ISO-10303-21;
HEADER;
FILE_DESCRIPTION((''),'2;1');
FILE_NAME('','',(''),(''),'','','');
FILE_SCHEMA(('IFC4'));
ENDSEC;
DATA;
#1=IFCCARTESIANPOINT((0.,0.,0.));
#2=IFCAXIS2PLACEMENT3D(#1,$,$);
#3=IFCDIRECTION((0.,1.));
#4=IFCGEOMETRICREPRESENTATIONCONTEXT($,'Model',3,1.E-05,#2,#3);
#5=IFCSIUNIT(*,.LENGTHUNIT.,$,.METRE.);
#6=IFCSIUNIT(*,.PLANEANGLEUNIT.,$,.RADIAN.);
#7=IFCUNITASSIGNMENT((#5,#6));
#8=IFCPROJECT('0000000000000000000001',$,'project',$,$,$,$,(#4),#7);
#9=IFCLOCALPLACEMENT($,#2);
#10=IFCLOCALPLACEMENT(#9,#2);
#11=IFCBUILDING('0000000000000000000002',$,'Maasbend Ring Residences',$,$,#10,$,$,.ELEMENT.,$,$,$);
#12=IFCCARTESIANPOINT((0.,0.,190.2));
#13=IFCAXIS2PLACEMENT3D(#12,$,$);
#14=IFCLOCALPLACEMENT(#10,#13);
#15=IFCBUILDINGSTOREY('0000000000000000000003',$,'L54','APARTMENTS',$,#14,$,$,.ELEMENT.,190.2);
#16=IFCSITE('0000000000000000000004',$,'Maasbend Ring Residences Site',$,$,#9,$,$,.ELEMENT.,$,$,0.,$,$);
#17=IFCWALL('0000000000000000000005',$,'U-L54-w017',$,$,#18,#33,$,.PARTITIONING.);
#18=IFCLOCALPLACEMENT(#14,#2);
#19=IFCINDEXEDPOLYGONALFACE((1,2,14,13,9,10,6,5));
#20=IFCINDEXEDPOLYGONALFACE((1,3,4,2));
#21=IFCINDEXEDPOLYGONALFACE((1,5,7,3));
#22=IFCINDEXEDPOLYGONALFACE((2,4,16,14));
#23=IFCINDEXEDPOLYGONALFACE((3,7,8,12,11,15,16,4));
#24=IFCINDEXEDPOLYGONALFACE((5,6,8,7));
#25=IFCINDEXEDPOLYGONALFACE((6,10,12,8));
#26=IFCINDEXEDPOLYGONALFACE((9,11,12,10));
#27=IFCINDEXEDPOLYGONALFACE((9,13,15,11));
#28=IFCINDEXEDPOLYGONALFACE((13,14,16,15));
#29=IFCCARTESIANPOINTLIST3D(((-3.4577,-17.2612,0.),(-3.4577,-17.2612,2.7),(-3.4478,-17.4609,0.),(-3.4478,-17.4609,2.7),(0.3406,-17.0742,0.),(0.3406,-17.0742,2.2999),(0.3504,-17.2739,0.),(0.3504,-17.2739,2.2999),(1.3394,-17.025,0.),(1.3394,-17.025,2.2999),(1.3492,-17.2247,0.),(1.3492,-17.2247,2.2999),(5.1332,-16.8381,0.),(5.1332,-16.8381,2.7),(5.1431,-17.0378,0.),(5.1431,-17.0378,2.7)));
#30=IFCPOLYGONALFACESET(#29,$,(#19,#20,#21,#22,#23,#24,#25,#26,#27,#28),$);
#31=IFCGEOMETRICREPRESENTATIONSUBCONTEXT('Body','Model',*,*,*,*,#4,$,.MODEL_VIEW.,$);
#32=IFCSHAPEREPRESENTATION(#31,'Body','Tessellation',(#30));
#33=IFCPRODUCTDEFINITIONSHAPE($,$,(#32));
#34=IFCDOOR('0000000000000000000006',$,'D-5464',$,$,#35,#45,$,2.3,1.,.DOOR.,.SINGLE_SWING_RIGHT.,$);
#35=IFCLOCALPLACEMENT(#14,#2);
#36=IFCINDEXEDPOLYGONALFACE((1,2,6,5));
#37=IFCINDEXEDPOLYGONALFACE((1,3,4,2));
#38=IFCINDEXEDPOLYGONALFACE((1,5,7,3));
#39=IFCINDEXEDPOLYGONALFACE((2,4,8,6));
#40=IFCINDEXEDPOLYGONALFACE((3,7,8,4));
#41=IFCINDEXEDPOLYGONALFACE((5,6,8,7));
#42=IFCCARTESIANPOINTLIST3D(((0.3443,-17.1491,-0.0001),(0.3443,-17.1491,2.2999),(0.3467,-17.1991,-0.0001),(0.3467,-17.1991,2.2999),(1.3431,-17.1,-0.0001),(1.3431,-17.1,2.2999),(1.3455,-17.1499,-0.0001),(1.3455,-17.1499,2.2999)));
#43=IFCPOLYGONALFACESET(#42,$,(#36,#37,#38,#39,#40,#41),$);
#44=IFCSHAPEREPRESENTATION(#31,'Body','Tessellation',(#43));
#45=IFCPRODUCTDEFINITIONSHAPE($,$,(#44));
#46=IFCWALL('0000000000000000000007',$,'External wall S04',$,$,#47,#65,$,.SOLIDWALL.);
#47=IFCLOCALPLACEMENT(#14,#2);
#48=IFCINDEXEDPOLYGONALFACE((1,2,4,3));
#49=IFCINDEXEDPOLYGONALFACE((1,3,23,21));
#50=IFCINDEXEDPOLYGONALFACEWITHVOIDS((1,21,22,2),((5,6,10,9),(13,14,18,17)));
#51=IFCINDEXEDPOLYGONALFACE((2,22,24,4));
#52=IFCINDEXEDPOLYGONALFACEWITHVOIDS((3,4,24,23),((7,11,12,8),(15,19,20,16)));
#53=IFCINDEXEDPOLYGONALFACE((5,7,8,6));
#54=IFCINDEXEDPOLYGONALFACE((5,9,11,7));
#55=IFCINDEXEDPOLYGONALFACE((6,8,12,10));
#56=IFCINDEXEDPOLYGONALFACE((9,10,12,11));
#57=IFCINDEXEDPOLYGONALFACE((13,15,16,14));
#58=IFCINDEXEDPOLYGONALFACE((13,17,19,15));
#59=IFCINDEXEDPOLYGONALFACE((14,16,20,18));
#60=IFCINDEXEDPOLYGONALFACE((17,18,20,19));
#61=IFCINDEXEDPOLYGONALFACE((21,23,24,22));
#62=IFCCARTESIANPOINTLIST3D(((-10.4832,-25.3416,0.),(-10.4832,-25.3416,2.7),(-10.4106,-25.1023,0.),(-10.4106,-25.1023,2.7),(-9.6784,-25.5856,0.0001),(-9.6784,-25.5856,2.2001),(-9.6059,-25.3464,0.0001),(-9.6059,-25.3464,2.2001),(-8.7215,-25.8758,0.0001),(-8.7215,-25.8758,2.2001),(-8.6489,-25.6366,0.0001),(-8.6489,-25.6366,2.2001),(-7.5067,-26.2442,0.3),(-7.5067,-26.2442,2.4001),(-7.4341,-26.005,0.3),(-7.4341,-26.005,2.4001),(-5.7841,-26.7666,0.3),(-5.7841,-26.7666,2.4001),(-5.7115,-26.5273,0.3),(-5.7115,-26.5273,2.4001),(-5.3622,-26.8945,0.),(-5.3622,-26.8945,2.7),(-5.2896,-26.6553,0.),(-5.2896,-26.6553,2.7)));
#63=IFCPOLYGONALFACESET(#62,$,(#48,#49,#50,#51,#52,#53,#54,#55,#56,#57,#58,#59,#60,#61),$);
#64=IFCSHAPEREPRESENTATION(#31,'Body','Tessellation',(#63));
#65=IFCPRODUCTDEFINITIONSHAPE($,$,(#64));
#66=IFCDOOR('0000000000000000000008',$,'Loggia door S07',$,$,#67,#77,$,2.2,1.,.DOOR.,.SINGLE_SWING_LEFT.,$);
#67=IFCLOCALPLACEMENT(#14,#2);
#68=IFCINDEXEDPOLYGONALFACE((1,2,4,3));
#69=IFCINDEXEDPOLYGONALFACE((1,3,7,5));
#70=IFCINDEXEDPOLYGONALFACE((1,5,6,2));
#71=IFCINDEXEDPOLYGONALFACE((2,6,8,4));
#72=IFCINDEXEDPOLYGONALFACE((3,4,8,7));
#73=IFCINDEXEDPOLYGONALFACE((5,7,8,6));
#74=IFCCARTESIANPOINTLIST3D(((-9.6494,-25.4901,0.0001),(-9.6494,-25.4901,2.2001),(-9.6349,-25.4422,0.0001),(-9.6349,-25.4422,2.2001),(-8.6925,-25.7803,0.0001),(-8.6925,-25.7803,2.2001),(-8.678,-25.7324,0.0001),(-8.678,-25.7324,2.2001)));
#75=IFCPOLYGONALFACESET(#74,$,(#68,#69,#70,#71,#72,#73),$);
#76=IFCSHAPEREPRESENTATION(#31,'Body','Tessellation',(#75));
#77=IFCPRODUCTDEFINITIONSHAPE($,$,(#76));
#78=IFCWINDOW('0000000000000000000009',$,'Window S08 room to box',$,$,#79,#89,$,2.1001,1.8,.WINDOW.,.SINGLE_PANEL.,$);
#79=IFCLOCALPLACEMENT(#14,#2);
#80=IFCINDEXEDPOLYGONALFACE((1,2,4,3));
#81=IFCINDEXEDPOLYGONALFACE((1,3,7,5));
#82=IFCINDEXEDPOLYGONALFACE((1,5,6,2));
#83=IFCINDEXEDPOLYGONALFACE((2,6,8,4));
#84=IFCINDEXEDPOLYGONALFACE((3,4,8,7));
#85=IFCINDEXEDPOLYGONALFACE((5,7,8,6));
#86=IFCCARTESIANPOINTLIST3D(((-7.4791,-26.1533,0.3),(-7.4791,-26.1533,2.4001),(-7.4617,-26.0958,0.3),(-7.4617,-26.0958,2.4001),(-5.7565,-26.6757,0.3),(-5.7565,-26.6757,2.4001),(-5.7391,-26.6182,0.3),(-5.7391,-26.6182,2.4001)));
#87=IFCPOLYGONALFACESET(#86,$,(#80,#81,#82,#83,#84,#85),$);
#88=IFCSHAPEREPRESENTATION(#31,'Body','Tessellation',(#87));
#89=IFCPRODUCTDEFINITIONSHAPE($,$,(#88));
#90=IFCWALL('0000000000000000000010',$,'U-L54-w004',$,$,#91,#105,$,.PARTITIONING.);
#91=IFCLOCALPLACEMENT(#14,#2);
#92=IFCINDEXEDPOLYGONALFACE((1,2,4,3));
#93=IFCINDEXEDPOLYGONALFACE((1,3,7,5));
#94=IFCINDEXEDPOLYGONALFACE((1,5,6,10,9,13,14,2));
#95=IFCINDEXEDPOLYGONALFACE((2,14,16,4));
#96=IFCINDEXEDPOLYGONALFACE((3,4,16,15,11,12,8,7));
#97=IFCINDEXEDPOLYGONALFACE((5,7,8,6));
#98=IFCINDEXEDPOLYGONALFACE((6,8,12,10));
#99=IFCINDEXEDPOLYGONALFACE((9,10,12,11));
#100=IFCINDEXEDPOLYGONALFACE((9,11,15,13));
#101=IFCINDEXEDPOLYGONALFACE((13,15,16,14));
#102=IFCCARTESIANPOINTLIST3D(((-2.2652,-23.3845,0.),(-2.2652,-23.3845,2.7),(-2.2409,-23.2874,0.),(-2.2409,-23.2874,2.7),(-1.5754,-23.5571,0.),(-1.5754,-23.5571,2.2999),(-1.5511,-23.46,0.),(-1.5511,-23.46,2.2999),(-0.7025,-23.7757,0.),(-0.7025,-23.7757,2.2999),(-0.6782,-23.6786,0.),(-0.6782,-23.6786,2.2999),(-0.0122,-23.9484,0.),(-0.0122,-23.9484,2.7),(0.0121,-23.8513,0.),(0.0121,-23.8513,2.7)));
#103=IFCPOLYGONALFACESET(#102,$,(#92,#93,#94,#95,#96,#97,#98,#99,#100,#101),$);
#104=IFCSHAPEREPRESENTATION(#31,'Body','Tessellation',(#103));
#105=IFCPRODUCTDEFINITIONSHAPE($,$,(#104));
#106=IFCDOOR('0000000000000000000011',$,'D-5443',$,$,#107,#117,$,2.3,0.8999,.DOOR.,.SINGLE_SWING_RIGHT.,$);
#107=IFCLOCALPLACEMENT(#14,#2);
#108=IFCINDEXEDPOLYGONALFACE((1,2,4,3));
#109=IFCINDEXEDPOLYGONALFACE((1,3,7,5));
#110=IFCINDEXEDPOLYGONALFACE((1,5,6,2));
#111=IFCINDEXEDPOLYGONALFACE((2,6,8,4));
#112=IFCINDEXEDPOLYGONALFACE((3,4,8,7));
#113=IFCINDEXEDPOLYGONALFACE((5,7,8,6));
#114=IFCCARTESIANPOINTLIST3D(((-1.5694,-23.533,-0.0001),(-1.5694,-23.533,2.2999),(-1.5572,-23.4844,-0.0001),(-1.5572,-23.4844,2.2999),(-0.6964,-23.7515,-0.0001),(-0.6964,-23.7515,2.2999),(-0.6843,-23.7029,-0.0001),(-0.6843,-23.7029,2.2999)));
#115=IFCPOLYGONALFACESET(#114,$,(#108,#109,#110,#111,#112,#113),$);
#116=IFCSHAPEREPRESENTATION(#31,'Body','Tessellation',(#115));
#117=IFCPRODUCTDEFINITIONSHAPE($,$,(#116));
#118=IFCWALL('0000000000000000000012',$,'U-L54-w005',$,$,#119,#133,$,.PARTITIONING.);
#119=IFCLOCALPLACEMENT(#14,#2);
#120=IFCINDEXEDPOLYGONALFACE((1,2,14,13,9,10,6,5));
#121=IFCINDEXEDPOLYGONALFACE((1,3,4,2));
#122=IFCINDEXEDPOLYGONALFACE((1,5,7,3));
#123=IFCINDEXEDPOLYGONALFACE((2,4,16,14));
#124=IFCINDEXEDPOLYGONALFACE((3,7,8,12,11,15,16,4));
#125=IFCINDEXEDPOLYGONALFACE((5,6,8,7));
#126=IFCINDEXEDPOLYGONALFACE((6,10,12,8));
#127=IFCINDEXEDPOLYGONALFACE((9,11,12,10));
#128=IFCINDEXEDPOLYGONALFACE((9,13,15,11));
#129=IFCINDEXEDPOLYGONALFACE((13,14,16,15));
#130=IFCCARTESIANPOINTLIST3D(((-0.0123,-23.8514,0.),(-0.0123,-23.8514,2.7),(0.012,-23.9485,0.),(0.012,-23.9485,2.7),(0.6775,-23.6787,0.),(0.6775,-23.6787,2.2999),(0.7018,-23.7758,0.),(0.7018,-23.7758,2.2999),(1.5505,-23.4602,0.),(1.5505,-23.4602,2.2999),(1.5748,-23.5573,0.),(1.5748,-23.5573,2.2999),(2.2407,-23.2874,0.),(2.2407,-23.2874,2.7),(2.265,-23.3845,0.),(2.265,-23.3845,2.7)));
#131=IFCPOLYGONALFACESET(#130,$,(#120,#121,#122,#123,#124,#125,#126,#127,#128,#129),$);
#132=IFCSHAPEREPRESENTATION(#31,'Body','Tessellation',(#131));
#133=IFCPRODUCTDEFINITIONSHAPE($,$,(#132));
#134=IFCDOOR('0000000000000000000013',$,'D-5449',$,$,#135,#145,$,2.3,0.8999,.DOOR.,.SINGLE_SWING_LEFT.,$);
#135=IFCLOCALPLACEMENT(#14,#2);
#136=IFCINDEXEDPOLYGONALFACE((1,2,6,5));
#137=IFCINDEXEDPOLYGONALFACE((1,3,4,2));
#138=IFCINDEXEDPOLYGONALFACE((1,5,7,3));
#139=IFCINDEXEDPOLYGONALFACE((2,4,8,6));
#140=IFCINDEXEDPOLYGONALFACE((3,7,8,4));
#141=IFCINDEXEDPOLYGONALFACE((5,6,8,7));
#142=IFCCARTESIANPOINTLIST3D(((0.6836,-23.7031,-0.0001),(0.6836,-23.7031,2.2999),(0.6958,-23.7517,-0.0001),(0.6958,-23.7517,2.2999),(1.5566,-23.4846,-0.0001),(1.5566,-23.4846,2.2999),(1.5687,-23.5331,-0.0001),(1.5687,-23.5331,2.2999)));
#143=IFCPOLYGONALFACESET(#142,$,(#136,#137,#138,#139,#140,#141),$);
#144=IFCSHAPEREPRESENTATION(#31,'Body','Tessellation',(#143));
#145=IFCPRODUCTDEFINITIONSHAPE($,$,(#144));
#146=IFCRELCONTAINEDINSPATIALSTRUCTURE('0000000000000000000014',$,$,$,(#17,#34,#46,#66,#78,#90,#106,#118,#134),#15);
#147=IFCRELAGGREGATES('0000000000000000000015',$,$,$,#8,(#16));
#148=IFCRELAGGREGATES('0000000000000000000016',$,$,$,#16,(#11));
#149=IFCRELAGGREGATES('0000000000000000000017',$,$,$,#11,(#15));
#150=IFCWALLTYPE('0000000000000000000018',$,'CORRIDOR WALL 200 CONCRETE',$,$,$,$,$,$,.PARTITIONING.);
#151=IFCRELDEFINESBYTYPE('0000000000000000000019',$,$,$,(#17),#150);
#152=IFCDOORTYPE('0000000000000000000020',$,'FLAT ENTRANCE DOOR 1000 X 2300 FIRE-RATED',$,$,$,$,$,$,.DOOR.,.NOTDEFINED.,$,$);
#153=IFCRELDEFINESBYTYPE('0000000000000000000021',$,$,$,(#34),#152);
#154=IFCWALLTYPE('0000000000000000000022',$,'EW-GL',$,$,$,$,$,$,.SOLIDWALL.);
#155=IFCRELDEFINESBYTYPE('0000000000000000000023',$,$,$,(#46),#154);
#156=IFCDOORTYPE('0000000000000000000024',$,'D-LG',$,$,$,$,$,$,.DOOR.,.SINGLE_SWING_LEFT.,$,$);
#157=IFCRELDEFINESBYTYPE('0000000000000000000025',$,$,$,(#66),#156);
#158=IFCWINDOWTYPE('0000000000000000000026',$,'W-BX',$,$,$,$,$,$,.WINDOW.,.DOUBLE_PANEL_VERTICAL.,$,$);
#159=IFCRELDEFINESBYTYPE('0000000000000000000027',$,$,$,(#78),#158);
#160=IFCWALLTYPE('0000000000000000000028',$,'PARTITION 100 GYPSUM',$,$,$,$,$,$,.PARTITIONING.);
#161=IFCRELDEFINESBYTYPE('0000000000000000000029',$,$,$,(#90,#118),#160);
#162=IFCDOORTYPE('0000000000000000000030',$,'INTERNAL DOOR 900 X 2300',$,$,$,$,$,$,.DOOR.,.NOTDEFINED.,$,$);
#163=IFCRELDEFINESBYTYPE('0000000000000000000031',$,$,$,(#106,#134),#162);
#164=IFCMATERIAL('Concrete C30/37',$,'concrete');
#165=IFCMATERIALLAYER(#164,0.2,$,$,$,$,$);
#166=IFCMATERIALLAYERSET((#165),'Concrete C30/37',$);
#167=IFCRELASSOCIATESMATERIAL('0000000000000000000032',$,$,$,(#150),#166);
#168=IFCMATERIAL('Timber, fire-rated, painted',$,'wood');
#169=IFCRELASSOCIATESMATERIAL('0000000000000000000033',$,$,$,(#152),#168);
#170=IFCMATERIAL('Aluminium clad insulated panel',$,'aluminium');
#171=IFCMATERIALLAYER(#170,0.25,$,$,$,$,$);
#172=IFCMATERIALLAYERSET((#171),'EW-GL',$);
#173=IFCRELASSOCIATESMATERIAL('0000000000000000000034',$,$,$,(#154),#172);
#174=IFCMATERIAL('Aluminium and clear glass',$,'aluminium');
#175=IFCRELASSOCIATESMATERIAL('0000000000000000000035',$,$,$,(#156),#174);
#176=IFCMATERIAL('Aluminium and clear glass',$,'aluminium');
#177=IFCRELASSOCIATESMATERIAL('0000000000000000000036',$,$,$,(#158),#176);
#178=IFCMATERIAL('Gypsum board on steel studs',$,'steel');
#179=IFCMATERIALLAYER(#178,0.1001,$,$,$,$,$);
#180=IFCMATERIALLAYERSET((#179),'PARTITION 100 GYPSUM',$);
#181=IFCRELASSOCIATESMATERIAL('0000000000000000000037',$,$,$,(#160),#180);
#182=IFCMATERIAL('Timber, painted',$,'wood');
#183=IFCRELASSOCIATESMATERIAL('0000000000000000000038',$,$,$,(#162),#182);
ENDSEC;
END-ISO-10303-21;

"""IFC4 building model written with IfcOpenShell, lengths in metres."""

from ifc_helpers import new_model, si_unit, direction, frame, frame_2d, origin, place, context, subcontext, project, spatial, rectangle, extrude, material, layer, layer_set, type_object, element, fill, save


model = new_model("IFC4")

# Units and contexts
model_context = context("Model", 3, precision=1e-05, world=origin(), true_north=direction((0.0, 1.0)))
body_context = subcontext(model_context, "Body", "Model", "MODEL_VIEW")
ifc_project = project(units=[si_unit("LENGTHUNIT", "METRE"), si_unit("PLANEANGLEUNIT", "RADIAN")], contexts=[model_context])

# Site, building, storey
site_placement = place(None, origin())
site = spatial("IfcSite", under=ifc_project, at=site_placement, Name="Maasbend Ring Residences Site", CompositionType="ELEMENT", RefElevation=0.0)
building_placement = place(site_placement, origin())
building = spatial("IfcBuilding", under=site, at=building_placement, Name="Maasbend Ring Residences", CompositionType="ELEMENT")
storey_placement = place(building_placement, frame((0.0, 0.0, 190.2)))
storey = spatial("IfcBuildingStorey", under=building, at=storey_placement, Name="L54", Description="APARTMENTS", CompositionType="ELEMENT", Elevation=190.2)

# Wall, opening, door
ifc_material_1 = material(Name="Concrete C30/37", Category="concrete")
ifc_layer_1 = layer(ifc_material_1, 0.2)
ifc_layer_set_1 = layer_set([ifc_layer_1], Name="Concrete C30/37")
wall_type_1 = type_object("IfcWallType", Name="CORRIDOR WALL 200 CONCRETE", PredefinedType="PARTITIONING", material=ifc_layer_set_1)
ifc_material_2 = material(Name="Timber, fire-rated, painted", Category="wood")
door_type_1 = type_object("IfcDoorType", Name="FLAT ENTRANCE DOOR 1000 X 2300 FIRE-RATED", OperationType="NOTDEFINED", PredefinedType="DOOR", material=ifc_material_2)
wall_1_placement = place(storey_placement, frame((-3.4529, -17.3611, 0.0), z_axis=(0.0, 0.0, 1.0), x_axis=(0.998789, 0.04919, 0.0)))
wall_1 = element("IfcWall", 1, at=wall_1_placement, inside=storey, type_object=wall_type_1, Name="U-L54-w017", PredefinedType="PARTITIONING", context=body_context, shape_type="SweptSolid", body=[
    extrude(rectangle(XDim=8.6013, YDim=0.2, at=frame_2d((4.3008, 0.0))), origin(), (0.0, 0.0, 1.0), 2.7),
])
opening_1_placement = place(wall_1_placement, frame((3.803, 0.0, 0.0)))
opening_1 = element("IfcOpeningElement", 2, at=opening_1_placement, cuts=wall_1, PredefinedType="OPENING", context=body_context, shape_type="SweptSolid", body=[
    extrude(rectangle(XDim=1.0, YDim=2.3, at=frame_2d((0.5, 1.1499))), frame((0.0, 0.1099, 0.0), z_axis=(0.0, -1.0, 0.0), x_axis=(1.0, 0.0, 0.0)), (0.0, 0.0, 1.0), 0.22),
])
door_1_placement = place(opening_1_placement, origin())
door_1 = element("IfcDoor", 3, at=door_1_placement, inside=storey, type_object=door_type_1, Name="D-5464", OperationType="SINGLE_SWING_RIGHT", OverallHeight=2.3, OverallWidth=1.0, PredefinedType="DOOR", context=body_context, shape_type="SweptSolid", body=[
    extrude(rectangle(XDim=1.0, YDim=2.3, at=frame_2d((0.5, 1.1499))), frame((0.0, 0.0249, 0.0), z_axis=(0.0, -1.0, 0.0), x_axis=(1.0, 0.0, 0.0)), (0.0, 0.0, 1.0), 0.05),
])
fill(opening_1, door_1)

# Wall, openings, door, window
ifc_material_3 = material(Name="Aluminium clad insulated panel", Category="aluminium")
ifc_layer_2 = layer(ifc_material_3, 0.25)
ifc_layer_set_2 = layer_set([ifc_layer_2], Name="EW-GL")
wall_type_2 = type_object("IfcWallType", Name="EW-GL", PredefinedType="SOLIDWALL", material=ifc_layer_set_2)
wall_2_placement = place(storey_placement, frame((-10.447, -25.2219, 0.0), z_axis=(0.0, 0.0, 1.0), x_axis=(0.956966, -0.290201, 0.0)))
wall_2 = element("IfcWall", 4, at=wall_2_placement, inside=storey, type_object=wall_type_2, Name="External wall S04", PredefinedType="SOLIDWALL", context=body_context, shape_type="SweptSolid", body=[
    extrude(rectangle(XDim=5.3513, YDim=0.25, at=frame_2d((2.6758, 0.0))), origin(), (0.0, 0.0, 1.0), 2.7),
])
opening_2_placement = place(wall_2_placement, frame((0.8411, 0.0, 0.0)))
opening_2 = element("IfcOpeningElement", 5, at=opening_2_placement, cuts=wall_2, PredefinedType="OPENING", context=body_context, shape_type="SweptSolid", body=[
    extrude(rectangle(XDim=1.0, YDim=2.2, at=frame_2d((0.5, 1.1001))), frame((0.0, 0.135, 0.0), z_axis=(0.0, -1.0, 0.0), x_axis=(1.0, 0.0, 0.0)), (0.0, 0.0, 1.0), 0.27),
])
opening_3_placement = place(wall_2_placement, frame((3.1106, 0.0, 0.3)))
opening_3 = element("IfcOpeningElement", 6, at=opening_3_placement, cuts=wall_2, PredefinedType="OPENING", context=body_context, shape_type="SweptSolid", body=[
    extrude(rectangle(XDim=1.8, YDim=2.1001, at=frame_2d((0.8999, 1.05))), frame((0.0, 0.135, 0.0), z_axis=(0.0, -1.0, 0.0), x_axis=(1.0, 0.0, 0.0)), (0.0, 0.0, 1.0), 0.27),
])
ifc_material_4 = material(Name="Aluminium and clear glass", Category="aluminium")
door_type_2 = type_object("IfcDoorType", Name="D-LG", OperationType="SINGLE_SWING_LEFT", PredefinedType="DOOR", material=ifc_material_4)
door_2_placement = place(opening_2_placement, origin())
door_2 = element("IfcDoor", 7, at=door_2_placement, inside=storey, type_object=door_type_2, Name="Loggia door S07", OperationType="SINGLE_SWING_LEFT", OverallHeight=2.2, OverallWidth=1.0, PredefinedType="DOOR", context=body_context, shape_type="SweptSolid", body=[
    extrude(rectangle(XDim=1.0, YDim=2.2, at=frame_2d((0.5, 1.1001))), frame((0.0, 0.0249, 0.0), z_axis=(0.0, -1.0, 0.0), x_axis=(1.0, 0.0, 0.0)), (0.0, 0.0, 1.0), 0.05),
])
fill(opening_2, door_2)
ifc_material_5 = material(Name="Aluminium and clear glass", Category="aluminium")
window_type = type_object("IfcWindowType", Name="W-BX", PartitioningType="DOUBLE_PANEL_VERTICAL", PredefinedType="WINDOW", material=ifc_material_5)
window_placement = place(opening_3_placement, origin())
window = element("IfcWindow", 8, at=window_placement, inside=storey, type_object=window_type, Name="Window S08 room to box", OverallHeight=2.1001, OverallWidth=1.8, PartitioningType="SINGLE_PANEL", PredefinedType="WINDOW", context=body_context, shape_type="SweptSolid", body=[
    extrude(rectangle(XDim=1.8, YDim=2.1001, at=frame_2d((0.8999, 1.05))), frame((0.0, 0.03, 0.0), z_axis=(0.0, -1.0, 0.0), x_axis=(1.0, 0.0, 0.0)), (0.0, 0.0, 1.0), 0.0601),
])
fill(opening_3, window)

# Walls, openings, doors
ifc_material_6 = material(Name="Gypsum board on steel studs", Category="steel")
ifc_layer_3 = layer(ifc_material_6, 0.1001)
ifc_layer_set_3 = layer_set([ifc_layer_3], Name="PARTITION 100 GYPSUM")
wall_type_3 = type_object("IfcWallType", Name="PARTITION 100 GYPSUM", PredefinedType="PARTITIONING", material=ifc_layer_set_3)
wall_3_placement = place(storey_placement, frame((-2.2529, -23.3359, 0.0), z_axis=(0.0, 0.0, 1.0), x_axis=(0.970068, -0.242832, 0.0)))
wall_3 = element("IfcWall", 9, at=wall_3_placement, inside=storey, type_object=wall_type_3, Name="U-L54-w004", PredefinedType="PARTITIONING", context=body_context, shape_type="SweptSolid", body=[
    extrude(rectangle(XDim=2.3225, YDim=0.1001, at=frame_2d((1.1611, 0.0))), origin(), (0.0, 0.0, 1.0), 2.7),
])
opening_4_placement = place(wall_3_placement, frame((0.7109, 0.0, 0.0)))
opening_4 = element("IfcOpeningElement", 10, at=opening_4_placement, cuts=wall_3, PredefinedType="OPENING", context=body_context, shape_type="SweptSolid", body=[
    extrude(rectangle(XDim=0.8999, YDim=2.3, at=frame_2d((0.45, 1.1499))), frame((0.0, 0.0601, 0.0), z_axis=(0.0, -1.0, 0.0), x_axis=(1.0, 0.0, 0.0)), (0.0, 0.0, 1.0), 0.1201),
])
ifc_material_7 = material(Name="Timber, painted", Category="wood")
door_type_3 = type_object("IfcDoorType", Name="INTERNAL DOOR 900 X 2300", OperationType="NOTDEFINED", PredefinedType="DOOR", material=ifc_material_7)
door_3_placement = place(opening_4_placement, origin())
door_3 = element("IfcDoor", 11, at=door_3_placement, inside=storey, type_object=door_type_3, Name="D-5443", OperationType="SINGLE_SWING_RIGHT", OverallHeight=2.3, OverallWidth=0.8999, PredefinedType="DOOR", context=body_context, shape_type="SweptSolid", body=[
    extrude(rectangle(XDim=0.8999, YDim=2.3, at=frame_2d((0.45, 1.1499))), frame((0.0, 0.0249, 0.0), z_axis=(0.0, -1.0, 0.0), x_axis=(1.0, 0.0, 0.0)), (0.0, 0.0, 1.0), 0.05),
])
fill(opening_4, door_3)
wall_4_placement = place(storey_placement, frame((0.0, -23.8999, 0.0), z_axis=(0.0, 0.0, 1.0), x_axis=(0.970068, 0.242832, 0.0)))
wall_4 = element("IfcWall", 12, at=wall_4_placement, inside=storey, type_object=wall_type_3, Name="U-L54-w005", PredefinedType="PARTITIONING", context=body_context, shape_type="SweptSolid", body=[
    extrude(rectangle(XDim=2.3225, YDim=0.1001, at=frame_2d((1.1611, 0.0))), origin(), (0.0, 0.0, 1.0), 2.7),
])
opening_5_placement = place(wall_4_placement, frame((0.7109, 0.0, 0.0)))
opening_5 = element("IfcOpeningElement", 13, at=opening_5_placement, cuts=wall_4, PredefinedType="OPENING", context=body_context, shape_type="SweptSolid", body=[
    extrude(rectangle(XDim=0.8999, YDim=2.3, at=frame_2d((0.45, 1.1499))), frame((0.0, 0.0601, 0.0), z_axis=(0.0, -1.0, 0.0), x_axis=(1.0, 0.0, 0.0)), (0.0, 0.0, 1.0), 0.1201),
])
door_4_placement = place(opening_5_placement, origin())
door_4 = element("IfcDoor", 14, at=door_4_placement, inside=storey, type_object=door_type_3, Name="D-5449", OperationType="SINGLE_SWING_LEFT", OverallHeight=2.3, OverallWidth=0.8999, PredefinedType="DOOR", context=body_context, shape_type="SweptSolid", body=[
    extrude(rectangle(XDim=0.8999, YDim=2.3, at=frame_2d((0.45, 1.1499))), frame((0.0, 0.0249, 0.0), z_axis=(0.0, -1.0, 0.0), x_axis=(1.0, 0.0, 0.0)), (0.0, 0.0, 1.0), 0.05),
])
fill(opening_5, door_4)

save(model, "model.ifc")
